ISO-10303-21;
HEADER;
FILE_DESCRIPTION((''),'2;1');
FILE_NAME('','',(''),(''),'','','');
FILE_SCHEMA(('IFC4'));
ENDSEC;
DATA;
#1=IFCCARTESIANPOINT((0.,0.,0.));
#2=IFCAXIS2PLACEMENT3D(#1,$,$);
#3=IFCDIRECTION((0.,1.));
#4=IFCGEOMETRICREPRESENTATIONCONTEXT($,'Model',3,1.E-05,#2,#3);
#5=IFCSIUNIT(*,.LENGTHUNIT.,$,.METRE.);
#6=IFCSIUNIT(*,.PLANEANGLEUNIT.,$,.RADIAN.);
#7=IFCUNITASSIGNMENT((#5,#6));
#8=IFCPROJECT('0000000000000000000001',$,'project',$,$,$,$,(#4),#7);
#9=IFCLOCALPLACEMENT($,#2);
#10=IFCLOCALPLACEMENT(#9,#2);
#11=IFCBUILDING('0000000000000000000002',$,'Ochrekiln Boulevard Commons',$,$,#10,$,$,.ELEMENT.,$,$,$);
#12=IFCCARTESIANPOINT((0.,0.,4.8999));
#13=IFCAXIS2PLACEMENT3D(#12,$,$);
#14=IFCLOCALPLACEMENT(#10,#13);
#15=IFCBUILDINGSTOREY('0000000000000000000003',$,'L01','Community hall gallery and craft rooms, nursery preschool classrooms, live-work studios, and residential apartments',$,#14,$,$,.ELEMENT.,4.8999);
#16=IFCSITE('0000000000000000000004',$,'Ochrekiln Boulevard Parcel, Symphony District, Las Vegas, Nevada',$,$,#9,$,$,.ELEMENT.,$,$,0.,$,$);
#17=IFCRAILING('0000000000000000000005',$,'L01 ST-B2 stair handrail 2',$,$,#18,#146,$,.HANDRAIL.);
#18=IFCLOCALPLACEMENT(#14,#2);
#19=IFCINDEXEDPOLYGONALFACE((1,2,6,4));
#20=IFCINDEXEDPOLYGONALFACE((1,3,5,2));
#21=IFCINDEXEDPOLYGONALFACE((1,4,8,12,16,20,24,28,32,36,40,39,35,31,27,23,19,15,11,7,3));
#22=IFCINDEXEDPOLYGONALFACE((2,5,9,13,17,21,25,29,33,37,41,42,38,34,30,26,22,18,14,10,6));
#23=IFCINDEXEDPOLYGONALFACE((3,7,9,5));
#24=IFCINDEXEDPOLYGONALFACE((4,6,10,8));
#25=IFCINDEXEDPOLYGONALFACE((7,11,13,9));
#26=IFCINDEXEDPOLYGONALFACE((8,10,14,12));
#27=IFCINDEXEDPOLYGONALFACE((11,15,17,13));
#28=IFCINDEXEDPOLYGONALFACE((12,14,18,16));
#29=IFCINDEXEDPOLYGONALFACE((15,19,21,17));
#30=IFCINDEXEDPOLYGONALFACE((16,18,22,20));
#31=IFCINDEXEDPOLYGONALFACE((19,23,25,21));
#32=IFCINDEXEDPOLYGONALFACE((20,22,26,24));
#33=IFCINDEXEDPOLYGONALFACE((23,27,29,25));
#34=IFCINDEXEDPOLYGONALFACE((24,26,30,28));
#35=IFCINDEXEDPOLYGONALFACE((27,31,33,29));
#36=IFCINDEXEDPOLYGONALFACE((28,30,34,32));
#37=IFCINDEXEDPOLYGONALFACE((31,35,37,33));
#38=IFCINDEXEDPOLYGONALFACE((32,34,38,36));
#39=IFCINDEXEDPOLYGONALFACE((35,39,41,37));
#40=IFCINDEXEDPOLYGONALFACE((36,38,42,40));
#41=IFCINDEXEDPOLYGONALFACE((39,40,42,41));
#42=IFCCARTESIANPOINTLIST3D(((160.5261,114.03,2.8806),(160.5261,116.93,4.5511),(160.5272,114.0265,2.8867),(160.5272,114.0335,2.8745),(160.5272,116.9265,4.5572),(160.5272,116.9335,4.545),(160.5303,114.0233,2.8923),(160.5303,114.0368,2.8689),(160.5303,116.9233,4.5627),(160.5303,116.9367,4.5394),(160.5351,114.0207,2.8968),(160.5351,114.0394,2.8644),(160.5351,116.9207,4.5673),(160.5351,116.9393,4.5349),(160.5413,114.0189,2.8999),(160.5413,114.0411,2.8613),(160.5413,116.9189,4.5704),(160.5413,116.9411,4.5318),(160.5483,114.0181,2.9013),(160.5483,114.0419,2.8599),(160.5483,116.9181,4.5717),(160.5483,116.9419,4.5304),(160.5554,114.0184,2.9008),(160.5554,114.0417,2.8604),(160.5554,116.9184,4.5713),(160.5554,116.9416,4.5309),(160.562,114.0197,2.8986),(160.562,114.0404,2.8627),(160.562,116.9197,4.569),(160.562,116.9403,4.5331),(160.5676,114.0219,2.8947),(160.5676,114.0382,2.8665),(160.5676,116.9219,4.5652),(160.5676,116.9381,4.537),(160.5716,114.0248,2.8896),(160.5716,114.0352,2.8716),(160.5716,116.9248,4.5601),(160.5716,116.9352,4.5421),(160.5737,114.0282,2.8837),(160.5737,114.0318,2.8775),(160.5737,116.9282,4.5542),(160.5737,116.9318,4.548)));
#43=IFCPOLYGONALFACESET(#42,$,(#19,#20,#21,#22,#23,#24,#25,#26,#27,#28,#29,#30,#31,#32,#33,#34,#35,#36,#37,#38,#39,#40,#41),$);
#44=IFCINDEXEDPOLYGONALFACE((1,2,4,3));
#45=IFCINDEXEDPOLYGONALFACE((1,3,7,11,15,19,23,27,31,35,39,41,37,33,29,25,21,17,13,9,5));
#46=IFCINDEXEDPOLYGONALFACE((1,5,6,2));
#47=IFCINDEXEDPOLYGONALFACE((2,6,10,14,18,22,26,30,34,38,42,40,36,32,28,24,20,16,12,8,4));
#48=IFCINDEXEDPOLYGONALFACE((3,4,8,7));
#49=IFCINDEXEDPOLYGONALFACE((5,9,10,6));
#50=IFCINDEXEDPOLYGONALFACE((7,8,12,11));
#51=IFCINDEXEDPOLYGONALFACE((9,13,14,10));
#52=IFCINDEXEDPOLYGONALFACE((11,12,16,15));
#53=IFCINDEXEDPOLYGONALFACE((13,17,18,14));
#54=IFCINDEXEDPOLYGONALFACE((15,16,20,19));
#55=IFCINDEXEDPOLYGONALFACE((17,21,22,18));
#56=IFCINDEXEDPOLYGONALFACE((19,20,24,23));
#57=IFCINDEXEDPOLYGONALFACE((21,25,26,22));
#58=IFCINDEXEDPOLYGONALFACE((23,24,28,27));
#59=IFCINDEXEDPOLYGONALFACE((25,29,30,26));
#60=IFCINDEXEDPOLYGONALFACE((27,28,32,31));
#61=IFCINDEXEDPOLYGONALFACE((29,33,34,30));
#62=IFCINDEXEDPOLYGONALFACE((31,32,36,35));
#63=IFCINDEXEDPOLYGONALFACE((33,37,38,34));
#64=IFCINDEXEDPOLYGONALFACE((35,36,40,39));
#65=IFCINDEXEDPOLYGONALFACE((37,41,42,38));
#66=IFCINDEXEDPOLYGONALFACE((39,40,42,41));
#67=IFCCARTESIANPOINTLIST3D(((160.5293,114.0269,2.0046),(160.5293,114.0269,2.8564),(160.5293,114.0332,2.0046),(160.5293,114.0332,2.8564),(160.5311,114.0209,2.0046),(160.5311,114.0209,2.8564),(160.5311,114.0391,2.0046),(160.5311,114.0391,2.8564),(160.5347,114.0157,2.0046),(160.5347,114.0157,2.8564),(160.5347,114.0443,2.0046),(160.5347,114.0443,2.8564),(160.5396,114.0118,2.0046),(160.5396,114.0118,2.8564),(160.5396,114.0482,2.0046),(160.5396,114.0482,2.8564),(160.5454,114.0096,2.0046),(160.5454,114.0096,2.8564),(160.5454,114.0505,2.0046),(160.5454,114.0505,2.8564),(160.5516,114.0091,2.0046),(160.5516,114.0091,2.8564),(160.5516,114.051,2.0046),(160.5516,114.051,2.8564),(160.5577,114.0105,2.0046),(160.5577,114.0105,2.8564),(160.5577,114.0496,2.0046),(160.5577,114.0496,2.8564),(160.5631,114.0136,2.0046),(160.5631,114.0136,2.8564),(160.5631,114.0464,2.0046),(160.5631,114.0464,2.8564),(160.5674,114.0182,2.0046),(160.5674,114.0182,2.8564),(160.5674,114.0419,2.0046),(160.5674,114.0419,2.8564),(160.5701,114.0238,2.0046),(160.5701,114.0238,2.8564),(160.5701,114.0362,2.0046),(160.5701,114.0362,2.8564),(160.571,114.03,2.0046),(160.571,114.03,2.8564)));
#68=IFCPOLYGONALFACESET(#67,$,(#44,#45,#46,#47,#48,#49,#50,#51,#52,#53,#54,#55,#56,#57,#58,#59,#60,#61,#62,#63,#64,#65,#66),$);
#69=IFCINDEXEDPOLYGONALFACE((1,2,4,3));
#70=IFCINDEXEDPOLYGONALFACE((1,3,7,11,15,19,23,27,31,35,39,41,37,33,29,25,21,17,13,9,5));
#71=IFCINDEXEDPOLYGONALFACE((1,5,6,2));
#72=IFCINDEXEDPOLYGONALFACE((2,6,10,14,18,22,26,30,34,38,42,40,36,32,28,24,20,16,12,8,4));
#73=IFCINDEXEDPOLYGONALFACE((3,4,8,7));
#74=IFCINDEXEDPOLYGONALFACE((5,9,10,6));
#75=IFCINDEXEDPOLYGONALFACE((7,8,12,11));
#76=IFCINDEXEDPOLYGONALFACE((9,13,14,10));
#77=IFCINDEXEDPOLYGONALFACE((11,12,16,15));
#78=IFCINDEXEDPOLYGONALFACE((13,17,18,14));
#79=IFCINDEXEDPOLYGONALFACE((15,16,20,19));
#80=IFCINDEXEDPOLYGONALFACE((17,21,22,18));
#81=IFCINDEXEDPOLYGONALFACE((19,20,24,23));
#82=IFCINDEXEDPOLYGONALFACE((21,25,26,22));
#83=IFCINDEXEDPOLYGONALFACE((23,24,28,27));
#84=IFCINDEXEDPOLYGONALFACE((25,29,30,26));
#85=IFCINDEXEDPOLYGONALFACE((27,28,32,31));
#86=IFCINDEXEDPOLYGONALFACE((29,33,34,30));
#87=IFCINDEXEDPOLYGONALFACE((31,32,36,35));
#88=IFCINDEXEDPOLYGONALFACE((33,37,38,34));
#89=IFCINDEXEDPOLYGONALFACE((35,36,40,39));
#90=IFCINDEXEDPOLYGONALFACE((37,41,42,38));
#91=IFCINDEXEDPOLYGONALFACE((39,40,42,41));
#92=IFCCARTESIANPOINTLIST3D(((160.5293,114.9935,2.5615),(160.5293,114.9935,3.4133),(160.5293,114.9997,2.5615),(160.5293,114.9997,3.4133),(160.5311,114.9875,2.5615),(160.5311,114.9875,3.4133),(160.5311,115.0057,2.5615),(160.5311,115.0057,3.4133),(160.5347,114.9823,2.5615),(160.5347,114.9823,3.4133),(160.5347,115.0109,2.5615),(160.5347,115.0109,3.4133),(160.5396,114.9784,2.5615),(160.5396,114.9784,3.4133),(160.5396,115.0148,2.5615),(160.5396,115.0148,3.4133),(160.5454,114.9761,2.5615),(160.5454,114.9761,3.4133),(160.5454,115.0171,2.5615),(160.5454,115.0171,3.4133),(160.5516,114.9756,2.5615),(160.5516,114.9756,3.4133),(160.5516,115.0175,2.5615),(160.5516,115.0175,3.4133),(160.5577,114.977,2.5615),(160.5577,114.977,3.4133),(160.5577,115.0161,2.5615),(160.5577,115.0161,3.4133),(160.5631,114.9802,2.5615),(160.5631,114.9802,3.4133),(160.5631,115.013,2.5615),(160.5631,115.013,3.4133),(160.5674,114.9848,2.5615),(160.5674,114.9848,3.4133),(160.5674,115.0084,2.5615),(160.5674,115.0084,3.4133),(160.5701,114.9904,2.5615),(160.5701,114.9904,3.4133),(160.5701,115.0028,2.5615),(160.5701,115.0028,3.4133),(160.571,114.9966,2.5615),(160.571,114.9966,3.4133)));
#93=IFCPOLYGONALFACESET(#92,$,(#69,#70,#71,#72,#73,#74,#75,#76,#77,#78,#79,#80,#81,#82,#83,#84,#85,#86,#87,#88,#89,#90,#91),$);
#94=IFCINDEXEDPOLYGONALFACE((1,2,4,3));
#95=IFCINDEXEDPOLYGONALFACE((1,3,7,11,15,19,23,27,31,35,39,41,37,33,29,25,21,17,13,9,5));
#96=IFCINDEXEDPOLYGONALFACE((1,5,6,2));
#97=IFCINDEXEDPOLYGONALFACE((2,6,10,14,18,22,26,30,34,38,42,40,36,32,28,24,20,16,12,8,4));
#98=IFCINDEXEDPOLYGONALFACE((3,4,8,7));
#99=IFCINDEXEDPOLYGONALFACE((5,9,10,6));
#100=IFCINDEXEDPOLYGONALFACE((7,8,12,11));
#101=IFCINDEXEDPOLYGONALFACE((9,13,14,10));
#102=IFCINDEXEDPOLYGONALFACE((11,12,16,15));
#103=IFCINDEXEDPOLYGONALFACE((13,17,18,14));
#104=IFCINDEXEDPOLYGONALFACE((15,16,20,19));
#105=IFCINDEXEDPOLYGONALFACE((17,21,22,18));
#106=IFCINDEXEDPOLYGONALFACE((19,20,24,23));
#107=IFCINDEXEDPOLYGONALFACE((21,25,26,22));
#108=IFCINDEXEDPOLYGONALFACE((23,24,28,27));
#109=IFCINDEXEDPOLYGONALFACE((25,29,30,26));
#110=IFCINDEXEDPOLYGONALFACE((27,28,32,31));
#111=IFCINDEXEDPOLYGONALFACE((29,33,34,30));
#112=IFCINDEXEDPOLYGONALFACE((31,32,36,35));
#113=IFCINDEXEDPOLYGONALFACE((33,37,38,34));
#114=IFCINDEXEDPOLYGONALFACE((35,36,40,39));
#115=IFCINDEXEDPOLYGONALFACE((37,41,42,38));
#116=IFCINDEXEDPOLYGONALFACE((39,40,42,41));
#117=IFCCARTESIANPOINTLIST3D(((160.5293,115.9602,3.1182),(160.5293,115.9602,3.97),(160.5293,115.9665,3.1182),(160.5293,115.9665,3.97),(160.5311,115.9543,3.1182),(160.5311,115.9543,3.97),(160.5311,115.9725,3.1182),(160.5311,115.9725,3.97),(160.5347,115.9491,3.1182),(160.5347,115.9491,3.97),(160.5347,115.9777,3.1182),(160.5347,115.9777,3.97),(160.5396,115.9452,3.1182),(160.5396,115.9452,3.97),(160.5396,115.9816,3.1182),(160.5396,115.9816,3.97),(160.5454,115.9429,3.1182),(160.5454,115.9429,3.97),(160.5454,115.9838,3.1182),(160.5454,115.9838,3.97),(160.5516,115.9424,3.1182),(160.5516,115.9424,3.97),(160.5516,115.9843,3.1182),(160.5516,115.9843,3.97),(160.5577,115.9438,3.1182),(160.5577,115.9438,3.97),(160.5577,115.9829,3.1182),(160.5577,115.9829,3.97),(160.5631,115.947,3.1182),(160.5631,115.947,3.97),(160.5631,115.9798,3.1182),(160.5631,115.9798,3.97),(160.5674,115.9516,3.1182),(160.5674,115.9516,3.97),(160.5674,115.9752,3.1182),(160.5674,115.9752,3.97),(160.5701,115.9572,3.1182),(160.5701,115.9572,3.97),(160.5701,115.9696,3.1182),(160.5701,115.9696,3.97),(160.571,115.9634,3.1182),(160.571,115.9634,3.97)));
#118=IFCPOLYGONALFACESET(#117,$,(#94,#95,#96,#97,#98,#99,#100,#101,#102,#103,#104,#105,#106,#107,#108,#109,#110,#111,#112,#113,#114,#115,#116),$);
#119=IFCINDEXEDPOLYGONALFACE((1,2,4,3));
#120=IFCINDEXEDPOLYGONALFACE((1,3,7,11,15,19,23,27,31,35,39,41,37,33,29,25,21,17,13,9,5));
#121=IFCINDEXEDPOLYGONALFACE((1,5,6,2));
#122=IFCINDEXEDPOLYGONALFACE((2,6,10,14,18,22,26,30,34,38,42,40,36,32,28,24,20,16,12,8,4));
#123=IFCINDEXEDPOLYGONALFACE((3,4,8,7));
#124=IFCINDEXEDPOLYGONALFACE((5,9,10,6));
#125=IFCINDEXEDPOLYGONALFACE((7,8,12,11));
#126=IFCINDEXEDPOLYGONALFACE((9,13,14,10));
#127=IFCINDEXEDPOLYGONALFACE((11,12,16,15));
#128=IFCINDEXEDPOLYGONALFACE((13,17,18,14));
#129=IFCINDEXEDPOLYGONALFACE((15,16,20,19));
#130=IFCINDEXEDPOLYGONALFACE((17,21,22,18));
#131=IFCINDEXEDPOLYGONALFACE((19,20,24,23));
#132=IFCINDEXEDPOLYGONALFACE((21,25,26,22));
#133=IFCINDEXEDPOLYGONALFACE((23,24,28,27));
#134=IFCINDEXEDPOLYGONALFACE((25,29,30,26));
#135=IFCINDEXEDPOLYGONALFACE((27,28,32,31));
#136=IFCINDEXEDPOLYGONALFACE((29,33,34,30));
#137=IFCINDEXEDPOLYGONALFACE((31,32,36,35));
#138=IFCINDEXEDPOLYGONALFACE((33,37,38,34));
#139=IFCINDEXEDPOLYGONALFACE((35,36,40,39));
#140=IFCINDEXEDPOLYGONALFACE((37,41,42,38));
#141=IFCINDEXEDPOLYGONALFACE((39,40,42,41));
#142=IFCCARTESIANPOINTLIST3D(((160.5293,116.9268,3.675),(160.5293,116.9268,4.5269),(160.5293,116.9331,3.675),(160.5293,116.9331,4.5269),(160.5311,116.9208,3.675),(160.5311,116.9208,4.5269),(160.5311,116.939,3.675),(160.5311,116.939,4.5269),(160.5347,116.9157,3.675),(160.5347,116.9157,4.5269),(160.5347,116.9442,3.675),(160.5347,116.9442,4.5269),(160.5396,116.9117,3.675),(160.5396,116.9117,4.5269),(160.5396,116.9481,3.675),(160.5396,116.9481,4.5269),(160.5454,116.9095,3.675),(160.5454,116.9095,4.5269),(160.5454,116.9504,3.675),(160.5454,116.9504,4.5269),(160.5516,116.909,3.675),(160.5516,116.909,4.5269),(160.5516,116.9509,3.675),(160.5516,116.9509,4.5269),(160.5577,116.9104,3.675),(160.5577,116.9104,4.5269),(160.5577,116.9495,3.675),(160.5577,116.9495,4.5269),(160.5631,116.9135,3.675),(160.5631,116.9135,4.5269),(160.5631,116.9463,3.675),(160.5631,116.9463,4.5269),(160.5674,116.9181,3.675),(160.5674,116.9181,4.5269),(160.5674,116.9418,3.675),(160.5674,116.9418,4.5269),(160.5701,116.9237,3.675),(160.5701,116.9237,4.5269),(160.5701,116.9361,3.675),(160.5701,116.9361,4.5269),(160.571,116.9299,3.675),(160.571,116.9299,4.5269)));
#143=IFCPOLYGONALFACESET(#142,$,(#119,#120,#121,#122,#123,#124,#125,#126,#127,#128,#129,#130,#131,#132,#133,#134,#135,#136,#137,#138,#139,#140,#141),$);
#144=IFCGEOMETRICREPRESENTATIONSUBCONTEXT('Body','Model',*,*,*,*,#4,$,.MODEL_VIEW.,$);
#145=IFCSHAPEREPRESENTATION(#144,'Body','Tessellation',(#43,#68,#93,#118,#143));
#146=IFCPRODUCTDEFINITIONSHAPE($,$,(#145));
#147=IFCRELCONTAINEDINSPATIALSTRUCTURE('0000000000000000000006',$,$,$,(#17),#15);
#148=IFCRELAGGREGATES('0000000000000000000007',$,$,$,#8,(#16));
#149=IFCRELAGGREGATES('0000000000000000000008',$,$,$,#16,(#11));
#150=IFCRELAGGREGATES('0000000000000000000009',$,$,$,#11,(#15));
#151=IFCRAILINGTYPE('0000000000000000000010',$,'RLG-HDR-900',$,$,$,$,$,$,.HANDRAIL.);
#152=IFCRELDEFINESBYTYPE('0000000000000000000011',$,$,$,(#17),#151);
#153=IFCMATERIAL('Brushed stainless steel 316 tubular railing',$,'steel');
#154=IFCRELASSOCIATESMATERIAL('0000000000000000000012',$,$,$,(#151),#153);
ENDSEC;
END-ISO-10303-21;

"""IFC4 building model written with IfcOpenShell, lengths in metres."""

from ifc_helpers import new_model, si_unit, direction, frame, origin, origin_2d, place, context, subcontext, project, spatial, circle, extrude, material, type_object, element, save


model = new_model("IFC4")

# Units and contexts
model_context = context("Model", 3, precision=1e-05, world=origin(), true_north=direction((0.0, 1.0)))
body_context = subcontext(model_context, "Body", "Model", "MODEL_VIEW")
ifc_project = project(units=[si_unit("LENGTHUNIT", "METRE"), si_unit("PLANEANGLEUNIT", "RADIAN")], contexts=[model_context])

# Site, building, storey
site_placement = place(None, origin())
site = spatial("IfcSite", under=ifc_project, at=site_placement, Name="Ochrekiln Boulevard Parcel, Symphony District, Las Vegas, Nevada", CompositionType="ELEMENT", RefElevation=0.0)
building_placement = place(site_placement, origin())
building = spatial("IfcBuilding", under=site, at=building_placement, Name="Ochrekiln Boulevard Commons", CompositionType="ELEMENT")
storey_placement = place(building_placement, frame((0.0, 0.0, 4.8999)))
storey = spatial("IfcBuildingStorey", under=building, at=storey_placement, Name="L01", Description="Community hall gallery and craft rooms, nursery preschool classrooms, live-work studios, and residential apartments", CompositionType="ELEMENT", Elevation=4.8999)

# Railing
ifc_material_1 = material(Name="Brushed stainless steel 316 tubular railing", Category="steel")
railing_type_1 = type_object("IfcRailingType", Name="RLG-HDR-900", PredefinedType="HANDRAIL", material=ifc_material_1)
railing_1_placement = place(storey_placement, frame((160.55, 114.03, 2.0046)))
element("IfcRailing", 1, at=railing_1_placement, inside=storey, type_object=railing_type_1, Name="L01 ST-B2 stair handrail 2", PredefinedType="HANDRAIL", context=body_context, shape_type="SweptSolid", body=[
    extrude(circle(Radius=0.0239, at=origin_2d()), frame((0.0, 0.0, 0.876), z_axis=(0.0, 0.866523, 0.499137), x_axis=(-1.0, 0.0, 0.0)), (0.0, 0.0, 1.0), 3.3467),
    extrude(circle(Radius=0.021, at=origin_2d()), origin(), (0.0, 0.0, 1.0), 0.8518),
    extrude(circle(Radius=0.021, at=origin_2d()), frame((0.0, 0.9666, 0.5569)), (0.0, 0.0, 1.0), 0.8518),
    extrude(circle(Radius=0.021, at=origin_2d()), frame((0.0, 1.9333, 1.1135)), (0.0, 0.0, 1.0), 0.8518),
    extrude(circle(Radius=0.021, at=origin_2d()), frame((0.0, 2.8999, 1.6704)), (0.0, 0.0, 1.0), 0.8518),
])

save(model, "model.ifc")
